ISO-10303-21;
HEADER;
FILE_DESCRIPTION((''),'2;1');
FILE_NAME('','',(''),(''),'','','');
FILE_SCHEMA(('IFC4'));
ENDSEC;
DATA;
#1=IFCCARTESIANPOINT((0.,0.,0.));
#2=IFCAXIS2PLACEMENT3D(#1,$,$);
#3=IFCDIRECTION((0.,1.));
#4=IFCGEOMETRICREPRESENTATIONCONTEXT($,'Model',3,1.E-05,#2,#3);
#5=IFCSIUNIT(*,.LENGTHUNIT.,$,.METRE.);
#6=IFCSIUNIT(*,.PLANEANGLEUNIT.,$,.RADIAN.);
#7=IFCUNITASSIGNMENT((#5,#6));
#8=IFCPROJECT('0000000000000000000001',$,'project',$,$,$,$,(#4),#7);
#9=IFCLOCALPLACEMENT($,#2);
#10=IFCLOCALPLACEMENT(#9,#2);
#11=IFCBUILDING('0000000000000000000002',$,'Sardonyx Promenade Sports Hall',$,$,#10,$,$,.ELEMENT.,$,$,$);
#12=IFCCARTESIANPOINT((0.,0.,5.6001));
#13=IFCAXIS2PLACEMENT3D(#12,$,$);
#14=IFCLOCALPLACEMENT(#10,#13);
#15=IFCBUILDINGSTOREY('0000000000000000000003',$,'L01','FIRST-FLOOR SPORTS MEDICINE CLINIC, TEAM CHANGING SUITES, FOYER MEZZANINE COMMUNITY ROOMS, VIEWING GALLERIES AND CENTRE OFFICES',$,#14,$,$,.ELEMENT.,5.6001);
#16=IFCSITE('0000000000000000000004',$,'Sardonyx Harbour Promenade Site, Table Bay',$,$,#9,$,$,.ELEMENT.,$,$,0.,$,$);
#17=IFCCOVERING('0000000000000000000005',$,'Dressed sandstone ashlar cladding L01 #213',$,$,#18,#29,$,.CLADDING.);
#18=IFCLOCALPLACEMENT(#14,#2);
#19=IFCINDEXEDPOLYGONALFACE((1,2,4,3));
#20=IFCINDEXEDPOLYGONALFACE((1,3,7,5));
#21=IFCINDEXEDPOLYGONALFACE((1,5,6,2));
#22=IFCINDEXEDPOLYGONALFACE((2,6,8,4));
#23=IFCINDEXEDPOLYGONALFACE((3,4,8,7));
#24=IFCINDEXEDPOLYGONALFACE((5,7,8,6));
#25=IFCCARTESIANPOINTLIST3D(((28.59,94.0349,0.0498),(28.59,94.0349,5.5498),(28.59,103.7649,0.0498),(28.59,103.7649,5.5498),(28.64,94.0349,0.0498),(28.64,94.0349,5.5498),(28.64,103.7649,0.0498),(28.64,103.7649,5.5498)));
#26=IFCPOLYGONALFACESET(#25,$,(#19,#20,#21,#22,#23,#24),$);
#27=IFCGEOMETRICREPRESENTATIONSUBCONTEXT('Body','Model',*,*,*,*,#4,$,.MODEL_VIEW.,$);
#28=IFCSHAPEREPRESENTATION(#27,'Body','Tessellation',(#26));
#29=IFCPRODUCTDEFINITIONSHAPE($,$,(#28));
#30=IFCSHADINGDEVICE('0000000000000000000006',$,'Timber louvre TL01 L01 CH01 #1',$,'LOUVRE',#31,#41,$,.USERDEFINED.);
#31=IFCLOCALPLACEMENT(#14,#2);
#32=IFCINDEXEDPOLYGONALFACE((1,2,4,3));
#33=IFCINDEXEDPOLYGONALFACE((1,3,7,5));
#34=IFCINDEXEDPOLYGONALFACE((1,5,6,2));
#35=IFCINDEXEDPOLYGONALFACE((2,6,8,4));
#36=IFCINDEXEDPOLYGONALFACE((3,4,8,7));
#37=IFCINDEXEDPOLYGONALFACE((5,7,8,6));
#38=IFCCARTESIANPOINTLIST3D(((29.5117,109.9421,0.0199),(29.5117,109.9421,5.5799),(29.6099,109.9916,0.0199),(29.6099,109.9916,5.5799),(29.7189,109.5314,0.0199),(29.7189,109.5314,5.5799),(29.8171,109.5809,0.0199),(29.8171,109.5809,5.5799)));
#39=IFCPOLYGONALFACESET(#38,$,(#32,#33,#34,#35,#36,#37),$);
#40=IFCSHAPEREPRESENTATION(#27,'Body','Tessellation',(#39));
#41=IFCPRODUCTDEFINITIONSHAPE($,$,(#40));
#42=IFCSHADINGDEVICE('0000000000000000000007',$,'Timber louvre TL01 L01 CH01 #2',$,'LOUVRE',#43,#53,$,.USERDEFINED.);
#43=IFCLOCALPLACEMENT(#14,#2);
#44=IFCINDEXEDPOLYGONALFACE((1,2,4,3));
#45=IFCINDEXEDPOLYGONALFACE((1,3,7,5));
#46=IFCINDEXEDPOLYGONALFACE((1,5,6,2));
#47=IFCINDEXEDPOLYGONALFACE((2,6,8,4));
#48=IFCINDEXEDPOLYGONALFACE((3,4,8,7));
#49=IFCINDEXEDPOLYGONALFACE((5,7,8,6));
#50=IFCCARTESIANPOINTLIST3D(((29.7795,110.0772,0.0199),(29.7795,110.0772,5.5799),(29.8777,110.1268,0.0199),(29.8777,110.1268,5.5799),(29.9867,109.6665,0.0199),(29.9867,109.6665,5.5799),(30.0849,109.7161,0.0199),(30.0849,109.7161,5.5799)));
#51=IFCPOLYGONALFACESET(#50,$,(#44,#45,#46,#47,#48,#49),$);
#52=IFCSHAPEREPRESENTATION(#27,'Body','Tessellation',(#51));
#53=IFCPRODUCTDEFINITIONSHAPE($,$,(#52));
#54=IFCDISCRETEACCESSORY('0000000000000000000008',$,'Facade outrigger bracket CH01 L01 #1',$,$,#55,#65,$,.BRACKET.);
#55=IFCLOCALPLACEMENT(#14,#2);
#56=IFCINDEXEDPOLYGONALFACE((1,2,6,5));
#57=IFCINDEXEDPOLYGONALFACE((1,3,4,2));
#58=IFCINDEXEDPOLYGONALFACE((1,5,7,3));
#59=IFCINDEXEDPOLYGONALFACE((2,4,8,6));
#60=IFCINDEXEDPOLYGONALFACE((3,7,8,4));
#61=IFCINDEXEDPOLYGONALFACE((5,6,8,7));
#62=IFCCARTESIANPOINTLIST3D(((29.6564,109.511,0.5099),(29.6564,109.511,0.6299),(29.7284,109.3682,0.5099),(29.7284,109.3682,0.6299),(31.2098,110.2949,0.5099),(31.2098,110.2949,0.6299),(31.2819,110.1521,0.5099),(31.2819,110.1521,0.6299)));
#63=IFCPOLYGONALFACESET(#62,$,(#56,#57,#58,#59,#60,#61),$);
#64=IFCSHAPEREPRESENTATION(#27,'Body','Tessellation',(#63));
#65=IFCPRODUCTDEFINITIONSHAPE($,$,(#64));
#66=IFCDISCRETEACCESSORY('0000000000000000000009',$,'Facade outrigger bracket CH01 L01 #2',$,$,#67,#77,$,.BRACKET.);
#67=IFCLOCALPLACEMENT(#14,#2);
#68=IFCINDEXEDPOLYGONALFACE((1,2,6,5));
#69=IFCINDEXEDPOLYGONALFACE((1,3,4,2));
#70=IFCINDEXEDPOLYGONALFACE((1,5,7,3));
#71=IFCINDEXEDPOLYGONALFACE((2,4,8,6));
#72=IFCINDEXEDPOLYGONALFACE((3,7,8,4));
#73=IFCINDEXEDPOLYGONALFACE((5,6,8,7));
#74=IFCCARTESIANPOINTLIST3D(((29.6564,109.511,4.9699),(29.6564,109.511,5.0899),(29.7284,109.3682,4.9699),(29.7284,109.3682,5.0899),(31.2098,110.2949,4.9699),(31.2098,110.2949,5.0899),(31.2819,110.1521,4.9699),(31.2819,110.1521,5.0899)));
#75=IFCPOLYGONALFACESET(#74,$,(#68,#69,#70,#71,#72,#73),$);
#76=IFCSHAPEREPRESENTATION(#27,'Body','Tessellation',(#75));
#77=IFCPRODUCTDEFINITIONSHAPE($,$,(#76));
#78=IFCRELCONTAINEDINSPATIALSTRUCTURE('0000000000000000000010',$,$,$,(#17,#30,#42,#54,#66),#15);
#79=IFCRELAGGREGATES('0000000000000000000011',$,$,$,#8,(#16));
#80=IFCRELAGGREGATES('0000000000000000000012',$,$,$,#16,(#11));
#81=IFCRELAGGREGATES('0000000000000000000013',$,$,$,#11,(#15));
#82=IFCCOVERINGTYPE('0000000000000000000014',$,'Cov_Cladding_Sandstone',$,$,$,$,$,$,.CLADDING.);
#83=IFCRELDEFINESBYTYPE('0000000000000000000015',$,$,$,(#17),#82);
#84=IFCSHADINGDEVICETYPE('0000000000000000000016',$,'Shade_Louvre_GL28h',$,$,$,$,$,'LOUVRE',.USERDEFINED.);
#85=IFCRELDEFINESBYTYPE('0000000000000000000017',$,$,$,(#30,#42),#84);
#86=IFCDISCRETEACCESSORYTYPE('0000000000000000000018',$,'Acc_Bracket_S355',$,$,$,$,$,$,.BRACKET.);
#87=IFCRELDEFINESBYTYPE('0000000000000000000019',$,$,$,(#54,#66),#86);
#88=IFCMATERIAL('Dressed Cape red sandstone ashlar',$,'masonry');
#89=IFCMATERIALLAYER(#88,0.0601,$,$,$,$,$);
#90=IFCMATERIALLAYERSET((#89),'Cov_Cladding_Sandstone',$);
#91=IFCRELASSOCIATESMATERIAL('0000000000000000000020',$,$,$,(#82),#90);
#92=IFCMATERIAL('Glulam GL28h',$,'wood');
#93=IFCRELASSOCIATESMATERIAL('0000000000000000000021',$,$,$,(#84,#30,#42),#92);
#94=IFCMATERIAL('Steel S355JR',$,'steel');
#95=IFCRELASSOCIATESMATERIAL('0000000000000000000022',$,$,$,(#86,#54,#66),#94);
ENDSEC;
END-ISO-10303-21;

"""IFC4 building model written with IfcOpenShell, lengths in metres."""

from ifc_helpers import new_model, si_unit, direction, frame, frame_2d, origin, place, context, subcontext, project, spatial, rectangle, extrude, material, layer, layer_set, type_object, element, save


model = new_model("IFC4")

# Units and contexts
model_context = context("Model", 3, precision=1e-05, world=origin(), true_north=direction((0.0, 1.0)))
body_context = subcontext(model_context, "Body", "Model", "MODEL_VIEW")
ifc_project = project(units=[si_unit("LENGTHUNIT", "METRE"), si_unit("PLANEANGLEUNIT", "RADIAN")], contexts=[model_context])

# Site, building, storey
site_placement = place(None, origin())
site = spatial("IfcSite", under=ifc_project, at=site_placement, Name="Sardonyx Harbour Promenade Site, Table Bay", CompositionType="ELEMENT", RefElevation=0.0)
building_placement = place(site_placement, origin())
building = spatial("IfcBuilding", under=site, at=building_placement, Name="Sardonyx Promenade Sports Hall", CompositionType="ELEMENT")
storey_placement = place(building_placement, frame((0.0, 0.0, 5.6001)))
storey = spatial("IfcBuildingStorey", under=building, at=storey_placement, Name="L01", Description="FIRST-FLOOR SPORTS MEDICINE CLINIC, TEAM CHANGING SUITES, FOYER MEZZANINE COMMUNITY ROOMS, VIEWING GALLERIES AND CENTRE OFFICES", CompositionType="ELEMENT", Elevation=5.6001)

# Covering
ifc_material_1 = material(Name="Dressed Cape red sandstone ashlar", Category="masonry")
ifc_layer_1 = layer(ifc_material_1, 0.0601)
ifc_layer_set_1 = layer_set([ifc_layer_1], Name="Cov_Cladding_Sandstone")
covering_type = type_object("IfcCoveringType", Name="Cov_Cladding_Sandstone", PredefinedType="CLADDING", material=ifc_layer_set_1)
covering_placement = place(storey_placement, frame((28.615, 94.0349, 0.0498), z_axis=(0.0, 0.0, 1.0), x_axis=(0.0, 1.0, 0.0)))
element("IfcCovering", 1, at=covering_placement, inside=storey, type_object=covering_type, Name="Dressed sandstone ashlar cladding L01 #213", PredefinedType="CLADDING", context=body_context, shape_type="SweptSolid", body=[
    extrude(rectangle(XDim=9.73, YDim=0.05, at=frame_2d((4.865, 0.0))), origin(), (0.0, 0.0, 1.0), 5.5),
])

# Shading devices
ifc_material_2 = material(Name="Glulam GL28h", Category="wood")
shading_device_type = type_object("IfcShadingDeviceType", Name="Shade_Louvre_GL28h", ElementType="LOUVRE", PredefinedType="USERDEFINED", material=ifc_material_2)
for number, where, z_axis, x_axis, name in (
    (2, (29.6644, 109.7615, 0.0199), (0.0, 0.0, 1.0), (0.892774, 0.450505, 0.0), "Timber louvre TL01 L01 CH01 #1"),
    (3, (29.9322, 109.8967, 0.0199), (0.0, 0.0, 1.0), (0.892774, 0.450505, 0.0), "Timber louvre TL01 L01 CH01 #2"),
):
    element("IfcShadingDevice", number, at=place(storey_placement, frame(where, z_axis=z_axis, x_axis=x_axis)), inside=storey, type_object=shading_device_type, material=ifc_material_2, Name=name, ObjectType="LOUVRE", PredefinedType="USERDEFINED", context=body_context, shape_type="SweptSolid", body=[
        extrude(rectangle(XDim=0.11, YDim=0.46), origin(), (0.0, 0.0, 1.0), 5.56),
    ])

# Discrete accessories
ifc_material_3 = material(Name="Steel S355JR", Category="steel")
discrete_accessory_type = type_object("IfcDiscreteAccessoryType", Name="Acc_Bracket_S355", PredefinedType="BRACKET", material=ifc_material_3)
for number, where, z_axis, x_axis, name in (
    (4, (30.4691, 109.8316, 0.5099), (0.0, 0.0, 1.0), (0.892774, 0.450505, 0.0), "Facade outrigger bracket CH01 L01 #1"),
    (5, (30.4691, 109.8316, 4.9699), (0.0, 0.0, 1.0), (0.892774, 0.450505, 0.0), "Facade outrigger bracket CH01 L01 #2"),
):
    element("IfcDiscreteAccessory", number, at=place(storey_placement, frame(where, z_axis=z_axis, x_axis=x_axis)), inside=storey, type_object=discrete_accessory_type, material=ifc_material_3, Name=name, PredefinedType="BRACKET", context=body_context, shape_type="SweptSolid", body=[
        extrude(rectangle(XDim=1.74, YDim=0.16), origin(), (0.0, 0.0, 1.0), 0.12),
    ])

save(model, "model.ifc")
